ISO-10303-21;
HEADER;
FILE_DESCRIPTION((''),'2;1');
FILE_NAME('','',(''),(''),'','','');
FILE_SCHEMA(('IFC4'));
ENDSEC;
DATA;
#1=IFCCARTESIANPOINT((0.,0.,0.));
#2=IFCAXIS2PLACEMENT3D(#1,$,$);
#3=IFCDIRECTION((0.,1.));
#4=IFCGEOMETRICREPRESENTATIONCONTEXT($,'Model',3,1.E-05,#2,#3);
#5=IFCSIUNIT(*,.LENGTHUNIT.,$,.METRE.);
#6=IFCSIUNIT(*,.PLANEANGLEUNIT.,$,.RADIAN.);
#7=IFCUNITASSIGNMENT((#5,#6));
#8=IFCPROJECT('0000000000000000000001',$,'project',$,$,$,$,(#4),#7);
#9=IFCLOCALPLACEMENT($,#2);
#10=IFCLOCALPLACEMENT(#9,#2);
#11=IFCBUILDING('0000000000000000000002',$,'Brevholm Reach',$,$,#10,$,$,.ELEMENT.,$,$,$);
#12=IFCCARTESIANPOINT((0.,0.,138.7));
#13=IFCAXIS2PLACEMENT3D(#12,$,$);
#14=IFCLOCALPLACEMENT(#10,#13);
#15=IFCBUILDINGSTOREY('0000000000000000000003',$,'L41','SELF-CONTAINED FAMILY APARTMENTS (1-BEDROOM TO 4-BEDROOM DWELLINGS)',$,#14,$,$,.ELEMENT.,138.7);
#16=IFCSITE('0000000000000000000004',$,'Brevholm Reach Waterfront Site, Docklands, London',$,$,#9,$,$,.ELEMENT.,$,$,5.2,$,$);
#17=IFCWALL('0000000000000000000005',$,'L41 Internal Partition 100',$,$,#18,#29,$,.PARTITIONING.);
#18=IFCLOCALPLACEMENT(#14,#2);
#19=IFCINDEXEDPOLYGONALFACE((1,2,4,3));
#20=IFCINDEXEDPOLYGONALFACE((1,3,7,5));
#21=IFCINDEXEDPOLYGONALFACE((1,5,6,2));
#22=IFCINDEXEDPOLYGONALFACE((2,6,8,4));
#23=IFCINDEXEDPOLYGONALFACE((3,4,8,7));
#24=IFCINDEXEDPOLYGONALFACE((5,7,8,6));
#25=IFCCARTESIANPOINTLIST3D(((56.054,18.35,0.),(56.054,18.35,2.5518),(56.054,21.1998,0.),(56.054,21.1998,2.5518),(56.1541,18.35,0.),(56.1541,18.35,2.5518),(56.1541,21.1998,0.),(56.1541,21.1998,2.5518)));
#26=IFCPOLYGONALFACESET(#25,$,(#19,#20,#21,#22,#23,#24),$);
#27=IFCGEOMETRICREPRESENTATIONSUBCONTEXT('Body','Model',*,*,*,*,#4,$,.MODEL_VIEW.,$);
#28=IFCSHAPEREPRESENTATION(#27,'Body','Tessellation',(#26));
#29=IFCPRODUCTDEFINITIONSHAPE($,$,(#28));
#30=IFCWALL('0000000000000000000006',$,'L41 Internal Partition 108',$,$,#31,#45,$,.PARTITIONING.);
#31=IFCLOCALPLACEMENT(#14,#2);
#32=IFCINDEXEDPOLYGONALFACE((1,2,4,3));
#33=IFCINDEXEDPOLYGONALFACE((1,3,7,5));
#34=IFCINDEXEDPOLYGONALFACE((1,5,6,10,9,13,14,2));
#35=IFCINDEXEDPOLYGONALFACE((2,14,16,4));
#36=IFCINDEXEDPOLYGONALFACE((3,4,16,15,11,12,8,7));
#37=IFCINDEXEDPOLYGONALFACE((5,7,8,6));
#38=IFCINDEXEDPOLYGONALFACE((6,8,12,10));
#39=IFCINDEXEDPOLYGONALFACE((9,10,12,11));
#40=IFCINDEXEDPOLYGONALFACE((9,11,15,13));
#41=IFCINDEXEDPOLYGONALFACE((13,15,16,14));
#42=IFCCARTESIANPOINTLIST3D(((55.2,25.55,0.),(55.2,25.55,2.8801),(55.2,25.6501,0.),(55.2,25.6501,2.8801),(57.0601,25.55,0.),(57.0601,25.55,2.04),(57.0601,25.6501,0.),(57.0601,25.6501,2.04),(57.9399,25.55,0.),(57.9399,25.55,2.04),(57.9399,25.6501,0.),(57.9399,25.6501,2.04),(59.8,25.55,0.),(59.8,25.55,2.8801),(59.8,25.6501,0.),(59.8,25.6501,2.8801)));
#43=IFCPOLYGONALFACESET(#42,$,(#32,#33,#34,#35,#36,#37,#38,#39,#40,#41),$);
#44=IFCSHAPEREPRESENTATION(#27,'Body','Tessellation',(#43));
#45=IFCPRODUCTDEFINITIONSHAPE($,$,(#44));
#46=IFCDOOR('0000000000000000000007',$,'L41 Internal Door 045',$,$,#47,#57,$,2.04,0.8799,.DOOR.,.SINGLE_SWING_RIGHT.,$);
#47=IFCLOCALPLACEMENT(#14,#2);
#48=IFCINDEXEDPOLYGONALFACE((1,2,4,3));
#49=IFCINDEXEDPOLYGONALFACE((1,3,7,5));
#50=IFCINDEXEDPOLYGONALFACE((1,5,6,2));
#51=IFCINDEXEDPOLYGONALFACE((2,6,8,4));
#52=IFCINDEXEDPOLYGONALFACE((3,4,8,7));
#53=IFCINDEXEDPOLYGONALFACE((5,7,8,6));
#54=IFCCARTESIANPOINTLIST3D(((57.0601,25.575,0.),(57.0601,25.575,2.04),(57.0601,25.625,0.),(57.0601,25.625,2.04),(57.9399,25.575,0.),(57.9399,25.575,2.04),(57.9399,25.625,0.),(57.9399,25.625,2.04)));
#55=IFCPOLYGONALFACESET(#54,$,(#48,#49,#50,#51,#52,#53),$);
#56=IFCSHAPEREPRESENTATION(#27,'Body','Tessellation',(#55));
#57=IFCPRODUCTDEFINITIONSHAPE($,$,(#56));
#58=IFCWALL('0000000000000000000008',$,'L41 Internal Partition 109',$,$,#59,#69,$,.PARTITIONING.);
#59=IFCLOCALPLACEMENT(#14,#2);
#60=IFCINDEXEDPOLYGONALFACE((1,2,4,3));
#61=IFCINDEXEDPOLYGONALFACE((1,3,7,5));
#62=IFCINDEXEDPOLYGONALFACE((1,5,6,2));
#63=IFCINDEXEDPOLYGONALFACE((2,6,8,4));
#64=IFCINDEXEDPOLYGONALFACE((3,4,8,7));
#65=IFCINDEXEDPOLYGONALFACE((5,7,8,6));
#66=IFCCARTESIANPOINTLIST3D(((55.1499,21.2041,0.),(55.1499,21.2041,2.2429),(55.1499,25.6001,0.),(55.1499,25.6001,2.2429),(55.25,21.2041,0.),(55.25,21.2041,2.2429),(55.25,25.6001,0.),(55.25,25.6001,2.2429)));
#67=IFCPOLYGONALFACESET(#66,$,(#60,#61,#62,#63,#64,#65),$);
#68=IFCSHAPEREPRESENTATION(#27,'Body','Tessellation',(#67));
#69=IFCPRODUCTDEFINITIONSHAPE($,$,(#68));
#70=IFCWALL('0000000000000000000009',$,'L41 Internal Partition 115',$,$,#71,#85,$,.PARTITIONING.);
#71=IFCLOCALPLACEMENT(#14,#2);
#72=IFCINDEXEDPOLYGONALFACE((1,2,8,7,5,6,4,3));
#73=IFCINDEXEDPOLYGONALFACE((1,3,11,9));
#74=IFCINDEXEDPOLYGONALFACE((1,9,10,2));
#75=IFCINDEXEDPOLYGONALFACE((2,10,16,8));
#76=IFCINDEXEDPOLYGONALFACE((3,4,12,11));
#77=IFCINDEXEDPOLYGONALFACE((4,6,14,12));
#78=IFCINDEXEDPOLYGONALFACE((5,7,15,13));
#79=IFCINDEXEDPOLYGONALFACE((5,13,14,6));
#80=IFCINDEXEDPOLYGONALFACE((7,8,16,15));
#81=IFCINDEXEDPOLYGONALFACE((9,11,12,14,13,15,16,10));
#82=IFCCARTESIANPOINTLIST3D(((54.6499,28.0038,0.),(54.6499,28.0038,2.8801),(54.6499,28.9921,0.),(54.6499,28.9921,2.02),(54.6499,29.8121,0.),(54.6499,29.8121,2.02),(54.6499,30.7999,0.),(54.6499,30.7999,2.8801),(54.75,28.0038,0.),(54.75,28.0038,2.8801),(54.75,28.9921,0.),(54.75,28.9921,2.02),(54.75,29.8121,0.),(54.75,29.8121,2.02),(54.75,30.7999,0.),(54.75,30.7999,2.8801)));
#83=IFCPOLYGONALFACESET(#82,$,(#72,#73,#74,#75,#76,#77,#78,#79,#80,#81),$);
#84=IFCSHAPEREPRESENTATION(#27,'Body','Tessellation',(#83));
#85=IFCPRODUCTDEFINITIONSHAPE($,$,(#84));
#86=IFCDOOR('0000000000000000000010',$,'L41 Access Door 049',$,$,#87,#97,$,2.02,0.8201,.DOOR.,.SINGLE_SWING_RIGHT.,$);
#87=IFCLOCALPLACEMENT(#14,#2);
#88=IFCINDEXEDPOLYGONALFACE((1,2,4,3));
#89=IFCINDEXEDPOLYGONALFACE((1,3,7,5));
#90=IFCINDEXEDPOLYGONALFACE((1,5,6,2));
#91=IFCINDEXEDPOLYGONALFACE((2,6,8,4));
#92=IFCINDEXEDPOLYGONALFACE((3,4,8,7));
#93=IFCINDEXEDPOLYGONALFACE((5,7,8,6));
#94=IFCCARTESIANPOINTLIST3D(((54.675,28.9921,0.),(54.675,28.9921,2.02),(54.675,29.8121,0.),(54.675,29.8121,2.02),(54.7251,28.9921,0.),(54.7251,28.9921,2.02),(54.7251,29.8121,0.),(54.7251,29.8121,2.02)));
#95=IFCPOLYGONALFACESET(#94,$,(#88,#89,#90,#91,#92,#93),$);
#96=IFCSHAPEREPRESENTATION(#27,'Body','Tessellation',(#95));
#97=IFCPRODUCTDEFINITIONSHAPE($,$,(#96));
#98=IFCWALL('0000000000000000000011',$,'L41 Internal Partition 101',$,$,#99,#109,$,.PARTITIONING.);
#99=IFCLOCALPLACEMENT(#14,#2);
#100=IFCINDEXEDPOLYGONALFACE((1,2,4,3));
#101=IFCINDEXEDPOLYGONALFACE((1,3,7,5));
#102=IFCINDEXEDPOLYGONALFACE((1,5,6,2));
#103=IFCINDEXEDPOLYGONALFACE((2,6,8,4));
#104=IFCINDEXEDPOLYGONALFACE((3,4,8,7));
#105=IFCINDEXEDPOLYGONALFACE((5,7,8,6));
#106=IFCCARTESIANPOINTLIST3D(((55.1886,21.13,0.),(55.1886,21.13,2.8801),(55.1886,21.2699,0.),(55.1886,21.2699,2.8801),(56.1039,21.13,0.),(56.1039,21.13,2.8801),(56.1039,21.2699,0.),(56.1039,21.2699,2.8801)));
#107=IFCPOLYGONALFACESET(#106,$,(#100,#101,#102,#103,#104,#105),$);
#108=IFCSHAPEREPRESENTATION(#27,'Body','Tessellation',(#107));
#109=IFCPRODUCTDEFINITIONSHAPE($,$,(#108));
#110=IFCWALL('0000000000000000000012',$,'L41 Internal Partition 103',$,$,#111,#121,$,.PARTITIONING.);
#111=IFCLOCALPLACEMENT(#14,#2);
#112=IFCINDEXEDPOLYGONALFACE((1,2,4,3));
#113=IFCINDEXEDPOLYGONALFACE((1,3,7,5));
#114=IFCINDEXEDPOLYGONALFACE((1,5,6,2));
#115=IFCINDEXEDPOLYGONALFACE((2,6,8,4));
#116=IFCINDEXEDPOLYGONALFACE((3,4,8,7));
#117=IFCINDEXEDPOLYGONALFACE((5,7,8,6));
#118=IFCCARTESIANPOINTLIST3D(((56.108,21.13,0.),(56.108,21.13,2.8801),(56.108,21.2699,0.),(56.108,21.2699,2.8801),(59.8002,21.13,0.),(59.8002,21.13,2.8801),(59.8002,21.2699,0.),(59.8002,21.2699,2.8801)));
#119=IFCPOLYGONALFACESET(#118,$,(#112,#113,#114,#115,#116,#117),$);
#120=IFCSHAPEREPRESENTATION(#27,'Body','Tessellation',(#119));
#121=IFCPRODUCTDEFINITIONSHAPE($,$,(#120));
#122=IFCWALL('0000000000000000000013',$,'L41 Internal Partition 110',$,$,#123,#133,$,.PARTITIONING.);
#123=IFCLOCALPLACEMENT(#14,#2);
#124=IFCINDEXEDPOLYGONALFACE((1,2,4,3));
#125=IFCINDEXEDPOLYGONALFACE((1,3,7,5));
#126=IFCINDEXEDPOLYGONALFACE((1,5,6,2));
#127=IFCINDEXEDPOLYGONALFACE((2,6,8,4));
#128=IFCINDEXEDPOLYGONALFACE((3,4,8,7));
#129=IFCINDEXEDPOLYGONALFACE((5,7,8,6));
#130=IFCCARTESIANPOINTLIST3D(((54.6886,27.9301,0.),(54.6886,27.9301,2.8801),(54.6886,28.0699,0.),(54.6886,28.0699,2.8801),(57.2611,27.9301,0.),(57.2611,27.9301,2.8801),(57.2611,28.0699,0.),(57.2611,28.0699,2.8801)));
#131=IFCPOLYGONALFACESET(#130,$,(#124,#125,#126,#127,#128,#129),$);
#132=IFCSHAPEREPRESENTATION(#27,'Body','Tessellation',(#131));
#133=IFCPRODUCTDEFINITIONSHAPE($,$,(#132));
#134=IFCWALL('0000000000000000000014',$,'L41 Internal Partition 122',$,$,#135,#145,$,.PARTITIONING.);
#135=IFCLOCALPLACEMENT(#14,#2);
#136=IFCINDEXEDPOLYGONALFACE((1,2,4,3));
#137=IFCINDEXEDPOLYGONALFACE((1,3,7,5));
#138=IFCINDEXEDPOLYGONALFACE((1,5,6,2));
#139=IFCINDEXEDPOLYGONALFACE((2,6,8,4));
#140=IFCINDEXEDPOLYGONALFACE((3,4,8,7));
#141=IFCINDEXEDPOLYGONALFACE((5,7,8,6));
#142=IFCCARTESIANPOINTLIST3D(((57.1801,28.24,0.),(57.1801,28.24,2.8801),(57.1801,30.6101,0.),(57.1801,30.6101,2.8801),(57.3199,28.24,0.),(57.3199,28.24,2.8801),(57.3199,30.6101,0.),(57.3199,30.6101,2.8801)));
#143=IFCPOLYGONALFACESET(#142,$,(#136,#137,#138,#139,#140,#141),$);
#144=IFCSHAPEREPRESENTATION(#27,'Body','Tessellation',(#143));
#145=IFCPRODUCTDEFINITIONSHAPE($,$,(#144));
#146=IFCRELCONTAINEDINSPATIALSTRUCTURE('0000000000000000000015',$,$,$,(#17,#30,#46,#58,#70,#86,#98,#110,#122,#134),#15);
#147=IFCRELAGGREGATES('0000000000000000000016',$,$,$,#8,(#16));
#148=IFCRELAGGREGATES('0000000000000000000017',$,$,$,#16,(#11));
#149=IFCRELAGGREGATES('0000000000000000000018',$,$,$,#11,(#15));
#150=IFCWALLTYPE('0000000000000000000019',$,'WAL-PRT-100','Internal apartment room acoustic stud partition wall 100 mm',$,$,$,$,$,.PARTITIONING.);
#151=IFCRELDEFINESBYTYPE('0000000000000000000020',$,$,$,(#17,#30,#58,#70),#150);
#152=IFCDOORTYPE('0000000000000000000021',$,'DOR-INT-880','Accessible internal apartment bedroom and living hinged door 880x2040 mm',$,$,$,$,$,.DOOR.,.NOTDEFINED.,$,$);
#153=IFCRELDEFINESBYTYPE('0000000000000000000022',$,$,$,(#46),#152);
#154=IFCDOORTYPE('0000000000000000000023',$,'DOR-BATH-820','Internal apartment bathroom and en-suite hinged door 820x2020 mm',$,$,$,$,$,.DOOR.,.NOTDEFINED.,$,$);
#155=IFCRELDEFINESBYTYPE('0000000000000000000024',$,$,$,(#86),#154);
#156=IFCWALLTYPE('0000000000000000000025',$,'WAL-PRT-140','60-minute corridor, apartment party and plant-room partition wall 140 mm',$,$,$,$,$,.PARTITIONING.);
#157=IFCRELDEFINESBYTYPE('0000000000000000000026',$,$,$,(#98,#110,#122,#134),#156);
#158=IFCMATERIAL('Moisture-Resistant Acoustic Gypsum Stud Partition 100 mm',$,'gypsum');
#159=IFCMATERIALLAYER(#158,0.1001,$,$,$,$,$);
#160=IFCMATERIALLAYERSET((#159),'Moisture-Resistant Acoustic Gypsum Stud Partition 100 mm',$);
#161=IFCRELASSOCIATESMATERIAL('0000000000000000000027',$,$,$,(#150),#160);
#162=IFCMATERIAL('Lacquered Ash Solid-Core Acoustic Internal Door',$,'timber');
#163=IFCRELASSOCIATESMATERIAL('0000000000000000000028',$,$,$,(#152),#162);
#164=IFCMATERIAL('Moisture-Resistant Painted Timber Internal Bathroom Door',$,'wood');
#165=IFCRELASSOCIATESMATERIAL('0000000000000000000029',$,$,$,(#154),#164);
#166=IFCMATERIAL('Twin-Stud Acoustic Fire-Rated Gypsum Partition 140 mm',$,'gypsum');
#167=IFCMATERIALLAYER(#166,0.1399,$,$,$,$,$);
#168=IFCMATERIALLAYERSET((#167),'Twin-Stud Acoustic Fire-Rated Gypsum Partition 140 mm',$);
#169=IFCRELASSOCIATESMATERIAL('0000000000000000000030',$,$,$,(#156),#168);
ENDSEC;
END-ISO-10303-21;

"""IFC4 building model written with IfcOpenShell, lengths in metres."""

from ifc_helpers import new_model, si_unit, direction, frame, frame_2d, origin, place, context, subcontext, project, spatial, rectangle, extrude, material, layer, layer_set, type_object, element, fill, save


model = new_model("IFC4")

# Units and contexts
model_context = context("Model", 3, precision=1e-05, world=origin(), true_north=direction((0.0, 1.0)))
body_context = subcontext(model_context, "Body", "Model", "MODEL_VIEW")
ifc_project = project(units=[si_unit("LENGTHUNIT", "METRE"), si_unit("PLANEANGLEUNIT", "RADIAN")], contexts=[model_context])

# Site, building, storey
site_placement = place(None, origin())
site = spatial("IfcSite", under=ifc_project, at=site_placement, Name="Brevholm Reach Waterfront Site, Docklands, London", CompositionType="ELEMENT", RefElevation=5.2)
building_placement = place(site_placement, origin())
building = spatial("IfcBuilding", under=site, at=building_placement, Name="Brevholm Reach", CompositionType="ELEMENT")
storey_placement = place(building_placement, frame((0.0, 0.0, 138.7)))
storey = spatial("IfcBuildingStorey", under=building, at=storey_placement, Name="L41", Description="SELF-CONTAINED FAMILY APARTMENTS (1-BEDROOM TO 4-BEDROOM DWELLINGS)", CompositionType="ELEMENT", Elevation=138.7)

# Wall
ifc_material_1 = material(Name="Moisture-Resistant Acoustic Gypsum Stud Partition 100 mm", Category="gypsum")
ifc_layer_1 = layer(ifc_material_1, 0.1001)
ifc_layer_set_1 = layer_set([ifc_layer_1], Name="Moisture-Resistant Acoustic Gypsum Stud Partition 100 mm")
wall_type_1 = type_object("IfcWallType", Name="WAL-PRT-100", Description="Internal apartment room acoustic stud partition wall 100 mm", PredefinedType="PARTITIONING", material=ifc_layer_set_1)
wall_1_placement = place(storey_placement, frame((56.104, 18.3501, 0.0), z_axis=(0.0, 0.0, 1.0), x_axis=(0.0, 1.0, 0.0)))
element("IfcWall", 1, at=wall_1_placement, inside=storey, type_object=wall_type_1, Name="L41 Internal Partition 100", PredefinedType="PARTITIONING", context=body_context, shape_type="SweptSolid", body=[
    extrude(rectangle(XDim=2.8499, YDim=0.1001, at=frame_2d((1.4248, 0.0))), origin(), (0.0, 0.0, 1.0), 2.5518),
])

# Wall, opening, door
wall_2_placement = place(storey_placement, frame((55.2, 25.6001, 0.0), z_axis=(0.0, 0.0, 1.0), x_axis=(1.0, 0.0, 0.0)))
wall_2 = element("IfcWall", 2, at=wall_2_placement, inside=storey, type_object=wall_type_1, Name="L41 Internal Partition 108", PredefinedType="PARTITIONING", context=body_context, shape_type="SweptSolid", body=[
    extrude(rectangle(XDim=4.6001, YDim=0.1001, at=frame_2d((2.3, 0.0))), origin(), (0.0, 0.0, 1.0), 2.8801),
])
opening_1_placement = place(wall_2_placement, frame((1.8601, 0.0, 0.0)))
opening_1 = element("IfcOpeningElement", 3, at=opening_1_placement, cuts=wall_2, PredefinedType="OPENING", context=body_context, shape_type="SweptSolid", body=[
    extrude(rectangle(XDim=0.8799, YDim=2.04, at=frame_2d((0.4399, 1.02))), frame((0.0, 0.0601, 0.0), z_axis=(0.0, -1.0, 0.0), x_axis=(1.0, 0.0, 0.0)), (0.0, 0.0, 1.0), 0.1201),
])
ifc_material_2 = material(Name="Lacquered Ash Solid-Core Acoustic Internal Door", Category="timber")
door_type_1 = type_object("IfcDoorType", Name="DOR-INT-880", Description="Accessible internal apartment bedroom and living hinged door 880x2040 mm", OperationType="NOTDEFINED", PredefinedType="DOOR", material=ifc_material_2)
door_1_placement = place(opening_1_placement, origin())
door_1 = element("IfcDoor", 4, at=door_1_placement, inside=storey, type_object=door_type_1, Name="L41 Internal Door 045", OperationType="SINGLE_SWING_RIGHT", OverallHeight=2.04, OverallWidth=0.8799, PredefinedType="DOOR", context=body_context, shape_type="SweptSolid", body=[
    extrude(rectangle(XDim=0.8799, YDim=2.04, at=frame_2d((0.4399, 1.02))), frame((0.0, 0.0249, 0.0), z_axis=(0.0, -1.0, 0.0), x_axis=(1.0, 0.0, 0.0)), (0.0, 0.0, 1.0), 0.05),
])
fill(opening_1, door_1)

# Wall
wall_3_placement = place(storey_placement, frame((55.2, 21.2041, 0.0), z_axis=(0.0, 0.0, 1.0), x_axis=(0.0, 1.0, 0.0)))
element("IfcWall", 5, at=wall_3_placement, inside=storey, type_object=wall_type_1, Name="L41 Internal Partition 109", PredefinedType="PARTITIONING", context=body_context, shape_type="SweptSolid", body=[
    extrude(rectangle(XDim=4.396, YDim=0.1001, at=frame_2d((2.198, 0.0))), origin(), (0.0, 0.0, 1.0), 2.2429),
])

# Wall, opening, door
wall_4_placement = place(storey_placement, frame((54.7, 28.0039, 0.0), z_axis=(0.0, 0.0, 1.0), x_axis=(0.0, 1.0, 0.0)))
wall_4 = element("IfcWall", 6, at=wall_4_placement, inside=storey, type_object=wall_type_1, Name="L41 Internal Partition 115", PredefinedType="PARTITIONING", context=body_context, shape_type="SweptSolid", body=[
    extrude(rectangle(XDim=2.7961, YDim=0.1001, at=frame_2d((1.3979, 0.0))), origin(), (0.0, 0.0, 1.0), 2.8801),
])
opening_2_placement = place(wall_4_placement, frame((0.988, 0.0, 0.0)))
opening_2 = element("IfcOpeningElement", 7, at=opening_2_placement, cuts=wall_4, PredefinedType="OPENING", context=body_context, shape_type="SweptSolid", body=[
    extrude(rectangle(XDim=0.8201, YDim=2.02, at=frame_2d((0.4102, 1.01))), frame((0.0, 0.0601, 0.0), z_axis=(0.0, -1.0, 0.0), x_axis=(1.0, 0.0, 0.0)), (0.0, 0.0, 1.0), 0.1201),
])
ifc_material_3 = material(Name="Moisture-Resistant Painted Timber Internal Bathroom Door", Category="wood")
door_type_2 = type_object("IfcDoorType", Name="DOR-BATH-820", Description="Internal apartment bathroom and en-suite hinged door 820x2020 mm", OperationType="NOTDEFINED", PredefinedType="DOOR", material=ifc_material_3)
door_2_placement = place(opening_2_placement, origin())
door_2 = element("IfcDoor", 8, at=door_2_placement, inside=storey, type_object=door_type_2, Name="L41 Access Door 049", OperationType="SINGLE_SWING_RIGHT", OverallHeight=2.02, OverallWidth=0.8201, PredefinedType="DOOR", context=body_context, shape_type="SweptSolid", body=[
    extrude(rectangle(XDim=0.8201, YDim=2.02, at=frame_2d((0.4102, 1.01))), frame((0.0, 0.0249, 0.0), z_axis=(0.0, -1.0, 0.0), x_axis=(1.0, 0.0, 0.0)), (0.0, 0.0, 1.0), 0.05),
])
fill(opening_2, door_2)

# Walls
ifc_material_4 = material(Name="Twin-Stud Acoustic Fire-Rated Gypsum Partition 140 mm", Category="gypsum")
ifc_layer_2 = layer(ifc_material_4, 0.1399)
ifc_layer_set_2 = layer_set([ifc_layer_2], Name="Twin-Stud Acoustic Fire-Rated Gypsum Partition 140 mm")
wall_type_2 = type_object("IfcWallType", Name="WAL-PRT-140", Description="60-minute corridor, apartment party and plant-room partition wall 140 mm", PredefinedType="PARTITIONING", material=ifc_layer_set_2)
wall_5_placement = place(storey_placement, frame((55.1887, 21.2, 0.0), z_axis=(0.0, 0.0, 1.0), x_axis=(1.0, 0.0, 0.0)))
element("IfcWall", 9, at=wall_5_placement, inside=storey, type_object=wall_type_2, Name="L41 Internal Partition 101", PredefinedType="PARTITIONING", context=body_context, shape_type="SweptSolid", body=[
    extrude(rectangle(XDim=0.9153, YDim=0.1399, at=frame_2d((0.4575, 0.0))), origin(), (0.0, 0.0, 1.0), 2.8801),
])
wall_6_placement = place(storey_placement, frame((56.1079, 21.2, 0.0), z_axis=(0.0, 0.0, 1.0), x_axis=(1.0, 0.0, 0.0)))
element("IfcWall", 10, at=wall_6_placement, inside=storey, type_object=wall_type_2, Name="L41 Internal Partition 103", PredefinedType="PARTITIONING", context=body_context, shape_type="SweptSolid", body=[
    extrude(rectangle(XDim=3.6921, YDim=0.1399, at=frame_2d((1.8462, 0.0))), origin(), (0.0, 0.0, 1.0), 2.8801),
])
wall_7_placement = place(storey_placement, frame((54.6887, 28.0, 0.0), z_axis=(0.0, 0.0, 1.0), x_axis=(1.0, 0.0, 0.0)))
element("IfcWall", 11, at=wall_7_placement, inside=storey, type_object=wall_type_2, Name="L41 Internal Partition 110", PredefinedType="PARTITIONING", context=body_context, shape_type="SweptSolid", body=[
    extrude(rectangle(XDim=2.5725, YDim=0.1399, at=frame_2d((1.2861, 0.0))), origin(), (0.0, 0.0, 1.0), 2.8801),
])
wall_8_placement = place(storey_placement, frame((57.25, 28.24, 0.0), z_axis=(0.0, 0.0, 1.0), x_axis=(0.0, 1.0, 0.0)))
element("IfcWall", 12, at=wall_8_placement, inside=storey, type_object=wall_type_2, Name="L41 Internal Partition 122", PredefinedType="PARTITIONING", context=body_context, shape_type="SweptSolid", body=[
    extrude(rectangle(XDim=2.3701, YDim=0.1399, at=frame_2d((1.1851, 0.0))), origin(), (0.0, 0.0, 1.0), 2.8801),
])

save(model, "model.ifc")
